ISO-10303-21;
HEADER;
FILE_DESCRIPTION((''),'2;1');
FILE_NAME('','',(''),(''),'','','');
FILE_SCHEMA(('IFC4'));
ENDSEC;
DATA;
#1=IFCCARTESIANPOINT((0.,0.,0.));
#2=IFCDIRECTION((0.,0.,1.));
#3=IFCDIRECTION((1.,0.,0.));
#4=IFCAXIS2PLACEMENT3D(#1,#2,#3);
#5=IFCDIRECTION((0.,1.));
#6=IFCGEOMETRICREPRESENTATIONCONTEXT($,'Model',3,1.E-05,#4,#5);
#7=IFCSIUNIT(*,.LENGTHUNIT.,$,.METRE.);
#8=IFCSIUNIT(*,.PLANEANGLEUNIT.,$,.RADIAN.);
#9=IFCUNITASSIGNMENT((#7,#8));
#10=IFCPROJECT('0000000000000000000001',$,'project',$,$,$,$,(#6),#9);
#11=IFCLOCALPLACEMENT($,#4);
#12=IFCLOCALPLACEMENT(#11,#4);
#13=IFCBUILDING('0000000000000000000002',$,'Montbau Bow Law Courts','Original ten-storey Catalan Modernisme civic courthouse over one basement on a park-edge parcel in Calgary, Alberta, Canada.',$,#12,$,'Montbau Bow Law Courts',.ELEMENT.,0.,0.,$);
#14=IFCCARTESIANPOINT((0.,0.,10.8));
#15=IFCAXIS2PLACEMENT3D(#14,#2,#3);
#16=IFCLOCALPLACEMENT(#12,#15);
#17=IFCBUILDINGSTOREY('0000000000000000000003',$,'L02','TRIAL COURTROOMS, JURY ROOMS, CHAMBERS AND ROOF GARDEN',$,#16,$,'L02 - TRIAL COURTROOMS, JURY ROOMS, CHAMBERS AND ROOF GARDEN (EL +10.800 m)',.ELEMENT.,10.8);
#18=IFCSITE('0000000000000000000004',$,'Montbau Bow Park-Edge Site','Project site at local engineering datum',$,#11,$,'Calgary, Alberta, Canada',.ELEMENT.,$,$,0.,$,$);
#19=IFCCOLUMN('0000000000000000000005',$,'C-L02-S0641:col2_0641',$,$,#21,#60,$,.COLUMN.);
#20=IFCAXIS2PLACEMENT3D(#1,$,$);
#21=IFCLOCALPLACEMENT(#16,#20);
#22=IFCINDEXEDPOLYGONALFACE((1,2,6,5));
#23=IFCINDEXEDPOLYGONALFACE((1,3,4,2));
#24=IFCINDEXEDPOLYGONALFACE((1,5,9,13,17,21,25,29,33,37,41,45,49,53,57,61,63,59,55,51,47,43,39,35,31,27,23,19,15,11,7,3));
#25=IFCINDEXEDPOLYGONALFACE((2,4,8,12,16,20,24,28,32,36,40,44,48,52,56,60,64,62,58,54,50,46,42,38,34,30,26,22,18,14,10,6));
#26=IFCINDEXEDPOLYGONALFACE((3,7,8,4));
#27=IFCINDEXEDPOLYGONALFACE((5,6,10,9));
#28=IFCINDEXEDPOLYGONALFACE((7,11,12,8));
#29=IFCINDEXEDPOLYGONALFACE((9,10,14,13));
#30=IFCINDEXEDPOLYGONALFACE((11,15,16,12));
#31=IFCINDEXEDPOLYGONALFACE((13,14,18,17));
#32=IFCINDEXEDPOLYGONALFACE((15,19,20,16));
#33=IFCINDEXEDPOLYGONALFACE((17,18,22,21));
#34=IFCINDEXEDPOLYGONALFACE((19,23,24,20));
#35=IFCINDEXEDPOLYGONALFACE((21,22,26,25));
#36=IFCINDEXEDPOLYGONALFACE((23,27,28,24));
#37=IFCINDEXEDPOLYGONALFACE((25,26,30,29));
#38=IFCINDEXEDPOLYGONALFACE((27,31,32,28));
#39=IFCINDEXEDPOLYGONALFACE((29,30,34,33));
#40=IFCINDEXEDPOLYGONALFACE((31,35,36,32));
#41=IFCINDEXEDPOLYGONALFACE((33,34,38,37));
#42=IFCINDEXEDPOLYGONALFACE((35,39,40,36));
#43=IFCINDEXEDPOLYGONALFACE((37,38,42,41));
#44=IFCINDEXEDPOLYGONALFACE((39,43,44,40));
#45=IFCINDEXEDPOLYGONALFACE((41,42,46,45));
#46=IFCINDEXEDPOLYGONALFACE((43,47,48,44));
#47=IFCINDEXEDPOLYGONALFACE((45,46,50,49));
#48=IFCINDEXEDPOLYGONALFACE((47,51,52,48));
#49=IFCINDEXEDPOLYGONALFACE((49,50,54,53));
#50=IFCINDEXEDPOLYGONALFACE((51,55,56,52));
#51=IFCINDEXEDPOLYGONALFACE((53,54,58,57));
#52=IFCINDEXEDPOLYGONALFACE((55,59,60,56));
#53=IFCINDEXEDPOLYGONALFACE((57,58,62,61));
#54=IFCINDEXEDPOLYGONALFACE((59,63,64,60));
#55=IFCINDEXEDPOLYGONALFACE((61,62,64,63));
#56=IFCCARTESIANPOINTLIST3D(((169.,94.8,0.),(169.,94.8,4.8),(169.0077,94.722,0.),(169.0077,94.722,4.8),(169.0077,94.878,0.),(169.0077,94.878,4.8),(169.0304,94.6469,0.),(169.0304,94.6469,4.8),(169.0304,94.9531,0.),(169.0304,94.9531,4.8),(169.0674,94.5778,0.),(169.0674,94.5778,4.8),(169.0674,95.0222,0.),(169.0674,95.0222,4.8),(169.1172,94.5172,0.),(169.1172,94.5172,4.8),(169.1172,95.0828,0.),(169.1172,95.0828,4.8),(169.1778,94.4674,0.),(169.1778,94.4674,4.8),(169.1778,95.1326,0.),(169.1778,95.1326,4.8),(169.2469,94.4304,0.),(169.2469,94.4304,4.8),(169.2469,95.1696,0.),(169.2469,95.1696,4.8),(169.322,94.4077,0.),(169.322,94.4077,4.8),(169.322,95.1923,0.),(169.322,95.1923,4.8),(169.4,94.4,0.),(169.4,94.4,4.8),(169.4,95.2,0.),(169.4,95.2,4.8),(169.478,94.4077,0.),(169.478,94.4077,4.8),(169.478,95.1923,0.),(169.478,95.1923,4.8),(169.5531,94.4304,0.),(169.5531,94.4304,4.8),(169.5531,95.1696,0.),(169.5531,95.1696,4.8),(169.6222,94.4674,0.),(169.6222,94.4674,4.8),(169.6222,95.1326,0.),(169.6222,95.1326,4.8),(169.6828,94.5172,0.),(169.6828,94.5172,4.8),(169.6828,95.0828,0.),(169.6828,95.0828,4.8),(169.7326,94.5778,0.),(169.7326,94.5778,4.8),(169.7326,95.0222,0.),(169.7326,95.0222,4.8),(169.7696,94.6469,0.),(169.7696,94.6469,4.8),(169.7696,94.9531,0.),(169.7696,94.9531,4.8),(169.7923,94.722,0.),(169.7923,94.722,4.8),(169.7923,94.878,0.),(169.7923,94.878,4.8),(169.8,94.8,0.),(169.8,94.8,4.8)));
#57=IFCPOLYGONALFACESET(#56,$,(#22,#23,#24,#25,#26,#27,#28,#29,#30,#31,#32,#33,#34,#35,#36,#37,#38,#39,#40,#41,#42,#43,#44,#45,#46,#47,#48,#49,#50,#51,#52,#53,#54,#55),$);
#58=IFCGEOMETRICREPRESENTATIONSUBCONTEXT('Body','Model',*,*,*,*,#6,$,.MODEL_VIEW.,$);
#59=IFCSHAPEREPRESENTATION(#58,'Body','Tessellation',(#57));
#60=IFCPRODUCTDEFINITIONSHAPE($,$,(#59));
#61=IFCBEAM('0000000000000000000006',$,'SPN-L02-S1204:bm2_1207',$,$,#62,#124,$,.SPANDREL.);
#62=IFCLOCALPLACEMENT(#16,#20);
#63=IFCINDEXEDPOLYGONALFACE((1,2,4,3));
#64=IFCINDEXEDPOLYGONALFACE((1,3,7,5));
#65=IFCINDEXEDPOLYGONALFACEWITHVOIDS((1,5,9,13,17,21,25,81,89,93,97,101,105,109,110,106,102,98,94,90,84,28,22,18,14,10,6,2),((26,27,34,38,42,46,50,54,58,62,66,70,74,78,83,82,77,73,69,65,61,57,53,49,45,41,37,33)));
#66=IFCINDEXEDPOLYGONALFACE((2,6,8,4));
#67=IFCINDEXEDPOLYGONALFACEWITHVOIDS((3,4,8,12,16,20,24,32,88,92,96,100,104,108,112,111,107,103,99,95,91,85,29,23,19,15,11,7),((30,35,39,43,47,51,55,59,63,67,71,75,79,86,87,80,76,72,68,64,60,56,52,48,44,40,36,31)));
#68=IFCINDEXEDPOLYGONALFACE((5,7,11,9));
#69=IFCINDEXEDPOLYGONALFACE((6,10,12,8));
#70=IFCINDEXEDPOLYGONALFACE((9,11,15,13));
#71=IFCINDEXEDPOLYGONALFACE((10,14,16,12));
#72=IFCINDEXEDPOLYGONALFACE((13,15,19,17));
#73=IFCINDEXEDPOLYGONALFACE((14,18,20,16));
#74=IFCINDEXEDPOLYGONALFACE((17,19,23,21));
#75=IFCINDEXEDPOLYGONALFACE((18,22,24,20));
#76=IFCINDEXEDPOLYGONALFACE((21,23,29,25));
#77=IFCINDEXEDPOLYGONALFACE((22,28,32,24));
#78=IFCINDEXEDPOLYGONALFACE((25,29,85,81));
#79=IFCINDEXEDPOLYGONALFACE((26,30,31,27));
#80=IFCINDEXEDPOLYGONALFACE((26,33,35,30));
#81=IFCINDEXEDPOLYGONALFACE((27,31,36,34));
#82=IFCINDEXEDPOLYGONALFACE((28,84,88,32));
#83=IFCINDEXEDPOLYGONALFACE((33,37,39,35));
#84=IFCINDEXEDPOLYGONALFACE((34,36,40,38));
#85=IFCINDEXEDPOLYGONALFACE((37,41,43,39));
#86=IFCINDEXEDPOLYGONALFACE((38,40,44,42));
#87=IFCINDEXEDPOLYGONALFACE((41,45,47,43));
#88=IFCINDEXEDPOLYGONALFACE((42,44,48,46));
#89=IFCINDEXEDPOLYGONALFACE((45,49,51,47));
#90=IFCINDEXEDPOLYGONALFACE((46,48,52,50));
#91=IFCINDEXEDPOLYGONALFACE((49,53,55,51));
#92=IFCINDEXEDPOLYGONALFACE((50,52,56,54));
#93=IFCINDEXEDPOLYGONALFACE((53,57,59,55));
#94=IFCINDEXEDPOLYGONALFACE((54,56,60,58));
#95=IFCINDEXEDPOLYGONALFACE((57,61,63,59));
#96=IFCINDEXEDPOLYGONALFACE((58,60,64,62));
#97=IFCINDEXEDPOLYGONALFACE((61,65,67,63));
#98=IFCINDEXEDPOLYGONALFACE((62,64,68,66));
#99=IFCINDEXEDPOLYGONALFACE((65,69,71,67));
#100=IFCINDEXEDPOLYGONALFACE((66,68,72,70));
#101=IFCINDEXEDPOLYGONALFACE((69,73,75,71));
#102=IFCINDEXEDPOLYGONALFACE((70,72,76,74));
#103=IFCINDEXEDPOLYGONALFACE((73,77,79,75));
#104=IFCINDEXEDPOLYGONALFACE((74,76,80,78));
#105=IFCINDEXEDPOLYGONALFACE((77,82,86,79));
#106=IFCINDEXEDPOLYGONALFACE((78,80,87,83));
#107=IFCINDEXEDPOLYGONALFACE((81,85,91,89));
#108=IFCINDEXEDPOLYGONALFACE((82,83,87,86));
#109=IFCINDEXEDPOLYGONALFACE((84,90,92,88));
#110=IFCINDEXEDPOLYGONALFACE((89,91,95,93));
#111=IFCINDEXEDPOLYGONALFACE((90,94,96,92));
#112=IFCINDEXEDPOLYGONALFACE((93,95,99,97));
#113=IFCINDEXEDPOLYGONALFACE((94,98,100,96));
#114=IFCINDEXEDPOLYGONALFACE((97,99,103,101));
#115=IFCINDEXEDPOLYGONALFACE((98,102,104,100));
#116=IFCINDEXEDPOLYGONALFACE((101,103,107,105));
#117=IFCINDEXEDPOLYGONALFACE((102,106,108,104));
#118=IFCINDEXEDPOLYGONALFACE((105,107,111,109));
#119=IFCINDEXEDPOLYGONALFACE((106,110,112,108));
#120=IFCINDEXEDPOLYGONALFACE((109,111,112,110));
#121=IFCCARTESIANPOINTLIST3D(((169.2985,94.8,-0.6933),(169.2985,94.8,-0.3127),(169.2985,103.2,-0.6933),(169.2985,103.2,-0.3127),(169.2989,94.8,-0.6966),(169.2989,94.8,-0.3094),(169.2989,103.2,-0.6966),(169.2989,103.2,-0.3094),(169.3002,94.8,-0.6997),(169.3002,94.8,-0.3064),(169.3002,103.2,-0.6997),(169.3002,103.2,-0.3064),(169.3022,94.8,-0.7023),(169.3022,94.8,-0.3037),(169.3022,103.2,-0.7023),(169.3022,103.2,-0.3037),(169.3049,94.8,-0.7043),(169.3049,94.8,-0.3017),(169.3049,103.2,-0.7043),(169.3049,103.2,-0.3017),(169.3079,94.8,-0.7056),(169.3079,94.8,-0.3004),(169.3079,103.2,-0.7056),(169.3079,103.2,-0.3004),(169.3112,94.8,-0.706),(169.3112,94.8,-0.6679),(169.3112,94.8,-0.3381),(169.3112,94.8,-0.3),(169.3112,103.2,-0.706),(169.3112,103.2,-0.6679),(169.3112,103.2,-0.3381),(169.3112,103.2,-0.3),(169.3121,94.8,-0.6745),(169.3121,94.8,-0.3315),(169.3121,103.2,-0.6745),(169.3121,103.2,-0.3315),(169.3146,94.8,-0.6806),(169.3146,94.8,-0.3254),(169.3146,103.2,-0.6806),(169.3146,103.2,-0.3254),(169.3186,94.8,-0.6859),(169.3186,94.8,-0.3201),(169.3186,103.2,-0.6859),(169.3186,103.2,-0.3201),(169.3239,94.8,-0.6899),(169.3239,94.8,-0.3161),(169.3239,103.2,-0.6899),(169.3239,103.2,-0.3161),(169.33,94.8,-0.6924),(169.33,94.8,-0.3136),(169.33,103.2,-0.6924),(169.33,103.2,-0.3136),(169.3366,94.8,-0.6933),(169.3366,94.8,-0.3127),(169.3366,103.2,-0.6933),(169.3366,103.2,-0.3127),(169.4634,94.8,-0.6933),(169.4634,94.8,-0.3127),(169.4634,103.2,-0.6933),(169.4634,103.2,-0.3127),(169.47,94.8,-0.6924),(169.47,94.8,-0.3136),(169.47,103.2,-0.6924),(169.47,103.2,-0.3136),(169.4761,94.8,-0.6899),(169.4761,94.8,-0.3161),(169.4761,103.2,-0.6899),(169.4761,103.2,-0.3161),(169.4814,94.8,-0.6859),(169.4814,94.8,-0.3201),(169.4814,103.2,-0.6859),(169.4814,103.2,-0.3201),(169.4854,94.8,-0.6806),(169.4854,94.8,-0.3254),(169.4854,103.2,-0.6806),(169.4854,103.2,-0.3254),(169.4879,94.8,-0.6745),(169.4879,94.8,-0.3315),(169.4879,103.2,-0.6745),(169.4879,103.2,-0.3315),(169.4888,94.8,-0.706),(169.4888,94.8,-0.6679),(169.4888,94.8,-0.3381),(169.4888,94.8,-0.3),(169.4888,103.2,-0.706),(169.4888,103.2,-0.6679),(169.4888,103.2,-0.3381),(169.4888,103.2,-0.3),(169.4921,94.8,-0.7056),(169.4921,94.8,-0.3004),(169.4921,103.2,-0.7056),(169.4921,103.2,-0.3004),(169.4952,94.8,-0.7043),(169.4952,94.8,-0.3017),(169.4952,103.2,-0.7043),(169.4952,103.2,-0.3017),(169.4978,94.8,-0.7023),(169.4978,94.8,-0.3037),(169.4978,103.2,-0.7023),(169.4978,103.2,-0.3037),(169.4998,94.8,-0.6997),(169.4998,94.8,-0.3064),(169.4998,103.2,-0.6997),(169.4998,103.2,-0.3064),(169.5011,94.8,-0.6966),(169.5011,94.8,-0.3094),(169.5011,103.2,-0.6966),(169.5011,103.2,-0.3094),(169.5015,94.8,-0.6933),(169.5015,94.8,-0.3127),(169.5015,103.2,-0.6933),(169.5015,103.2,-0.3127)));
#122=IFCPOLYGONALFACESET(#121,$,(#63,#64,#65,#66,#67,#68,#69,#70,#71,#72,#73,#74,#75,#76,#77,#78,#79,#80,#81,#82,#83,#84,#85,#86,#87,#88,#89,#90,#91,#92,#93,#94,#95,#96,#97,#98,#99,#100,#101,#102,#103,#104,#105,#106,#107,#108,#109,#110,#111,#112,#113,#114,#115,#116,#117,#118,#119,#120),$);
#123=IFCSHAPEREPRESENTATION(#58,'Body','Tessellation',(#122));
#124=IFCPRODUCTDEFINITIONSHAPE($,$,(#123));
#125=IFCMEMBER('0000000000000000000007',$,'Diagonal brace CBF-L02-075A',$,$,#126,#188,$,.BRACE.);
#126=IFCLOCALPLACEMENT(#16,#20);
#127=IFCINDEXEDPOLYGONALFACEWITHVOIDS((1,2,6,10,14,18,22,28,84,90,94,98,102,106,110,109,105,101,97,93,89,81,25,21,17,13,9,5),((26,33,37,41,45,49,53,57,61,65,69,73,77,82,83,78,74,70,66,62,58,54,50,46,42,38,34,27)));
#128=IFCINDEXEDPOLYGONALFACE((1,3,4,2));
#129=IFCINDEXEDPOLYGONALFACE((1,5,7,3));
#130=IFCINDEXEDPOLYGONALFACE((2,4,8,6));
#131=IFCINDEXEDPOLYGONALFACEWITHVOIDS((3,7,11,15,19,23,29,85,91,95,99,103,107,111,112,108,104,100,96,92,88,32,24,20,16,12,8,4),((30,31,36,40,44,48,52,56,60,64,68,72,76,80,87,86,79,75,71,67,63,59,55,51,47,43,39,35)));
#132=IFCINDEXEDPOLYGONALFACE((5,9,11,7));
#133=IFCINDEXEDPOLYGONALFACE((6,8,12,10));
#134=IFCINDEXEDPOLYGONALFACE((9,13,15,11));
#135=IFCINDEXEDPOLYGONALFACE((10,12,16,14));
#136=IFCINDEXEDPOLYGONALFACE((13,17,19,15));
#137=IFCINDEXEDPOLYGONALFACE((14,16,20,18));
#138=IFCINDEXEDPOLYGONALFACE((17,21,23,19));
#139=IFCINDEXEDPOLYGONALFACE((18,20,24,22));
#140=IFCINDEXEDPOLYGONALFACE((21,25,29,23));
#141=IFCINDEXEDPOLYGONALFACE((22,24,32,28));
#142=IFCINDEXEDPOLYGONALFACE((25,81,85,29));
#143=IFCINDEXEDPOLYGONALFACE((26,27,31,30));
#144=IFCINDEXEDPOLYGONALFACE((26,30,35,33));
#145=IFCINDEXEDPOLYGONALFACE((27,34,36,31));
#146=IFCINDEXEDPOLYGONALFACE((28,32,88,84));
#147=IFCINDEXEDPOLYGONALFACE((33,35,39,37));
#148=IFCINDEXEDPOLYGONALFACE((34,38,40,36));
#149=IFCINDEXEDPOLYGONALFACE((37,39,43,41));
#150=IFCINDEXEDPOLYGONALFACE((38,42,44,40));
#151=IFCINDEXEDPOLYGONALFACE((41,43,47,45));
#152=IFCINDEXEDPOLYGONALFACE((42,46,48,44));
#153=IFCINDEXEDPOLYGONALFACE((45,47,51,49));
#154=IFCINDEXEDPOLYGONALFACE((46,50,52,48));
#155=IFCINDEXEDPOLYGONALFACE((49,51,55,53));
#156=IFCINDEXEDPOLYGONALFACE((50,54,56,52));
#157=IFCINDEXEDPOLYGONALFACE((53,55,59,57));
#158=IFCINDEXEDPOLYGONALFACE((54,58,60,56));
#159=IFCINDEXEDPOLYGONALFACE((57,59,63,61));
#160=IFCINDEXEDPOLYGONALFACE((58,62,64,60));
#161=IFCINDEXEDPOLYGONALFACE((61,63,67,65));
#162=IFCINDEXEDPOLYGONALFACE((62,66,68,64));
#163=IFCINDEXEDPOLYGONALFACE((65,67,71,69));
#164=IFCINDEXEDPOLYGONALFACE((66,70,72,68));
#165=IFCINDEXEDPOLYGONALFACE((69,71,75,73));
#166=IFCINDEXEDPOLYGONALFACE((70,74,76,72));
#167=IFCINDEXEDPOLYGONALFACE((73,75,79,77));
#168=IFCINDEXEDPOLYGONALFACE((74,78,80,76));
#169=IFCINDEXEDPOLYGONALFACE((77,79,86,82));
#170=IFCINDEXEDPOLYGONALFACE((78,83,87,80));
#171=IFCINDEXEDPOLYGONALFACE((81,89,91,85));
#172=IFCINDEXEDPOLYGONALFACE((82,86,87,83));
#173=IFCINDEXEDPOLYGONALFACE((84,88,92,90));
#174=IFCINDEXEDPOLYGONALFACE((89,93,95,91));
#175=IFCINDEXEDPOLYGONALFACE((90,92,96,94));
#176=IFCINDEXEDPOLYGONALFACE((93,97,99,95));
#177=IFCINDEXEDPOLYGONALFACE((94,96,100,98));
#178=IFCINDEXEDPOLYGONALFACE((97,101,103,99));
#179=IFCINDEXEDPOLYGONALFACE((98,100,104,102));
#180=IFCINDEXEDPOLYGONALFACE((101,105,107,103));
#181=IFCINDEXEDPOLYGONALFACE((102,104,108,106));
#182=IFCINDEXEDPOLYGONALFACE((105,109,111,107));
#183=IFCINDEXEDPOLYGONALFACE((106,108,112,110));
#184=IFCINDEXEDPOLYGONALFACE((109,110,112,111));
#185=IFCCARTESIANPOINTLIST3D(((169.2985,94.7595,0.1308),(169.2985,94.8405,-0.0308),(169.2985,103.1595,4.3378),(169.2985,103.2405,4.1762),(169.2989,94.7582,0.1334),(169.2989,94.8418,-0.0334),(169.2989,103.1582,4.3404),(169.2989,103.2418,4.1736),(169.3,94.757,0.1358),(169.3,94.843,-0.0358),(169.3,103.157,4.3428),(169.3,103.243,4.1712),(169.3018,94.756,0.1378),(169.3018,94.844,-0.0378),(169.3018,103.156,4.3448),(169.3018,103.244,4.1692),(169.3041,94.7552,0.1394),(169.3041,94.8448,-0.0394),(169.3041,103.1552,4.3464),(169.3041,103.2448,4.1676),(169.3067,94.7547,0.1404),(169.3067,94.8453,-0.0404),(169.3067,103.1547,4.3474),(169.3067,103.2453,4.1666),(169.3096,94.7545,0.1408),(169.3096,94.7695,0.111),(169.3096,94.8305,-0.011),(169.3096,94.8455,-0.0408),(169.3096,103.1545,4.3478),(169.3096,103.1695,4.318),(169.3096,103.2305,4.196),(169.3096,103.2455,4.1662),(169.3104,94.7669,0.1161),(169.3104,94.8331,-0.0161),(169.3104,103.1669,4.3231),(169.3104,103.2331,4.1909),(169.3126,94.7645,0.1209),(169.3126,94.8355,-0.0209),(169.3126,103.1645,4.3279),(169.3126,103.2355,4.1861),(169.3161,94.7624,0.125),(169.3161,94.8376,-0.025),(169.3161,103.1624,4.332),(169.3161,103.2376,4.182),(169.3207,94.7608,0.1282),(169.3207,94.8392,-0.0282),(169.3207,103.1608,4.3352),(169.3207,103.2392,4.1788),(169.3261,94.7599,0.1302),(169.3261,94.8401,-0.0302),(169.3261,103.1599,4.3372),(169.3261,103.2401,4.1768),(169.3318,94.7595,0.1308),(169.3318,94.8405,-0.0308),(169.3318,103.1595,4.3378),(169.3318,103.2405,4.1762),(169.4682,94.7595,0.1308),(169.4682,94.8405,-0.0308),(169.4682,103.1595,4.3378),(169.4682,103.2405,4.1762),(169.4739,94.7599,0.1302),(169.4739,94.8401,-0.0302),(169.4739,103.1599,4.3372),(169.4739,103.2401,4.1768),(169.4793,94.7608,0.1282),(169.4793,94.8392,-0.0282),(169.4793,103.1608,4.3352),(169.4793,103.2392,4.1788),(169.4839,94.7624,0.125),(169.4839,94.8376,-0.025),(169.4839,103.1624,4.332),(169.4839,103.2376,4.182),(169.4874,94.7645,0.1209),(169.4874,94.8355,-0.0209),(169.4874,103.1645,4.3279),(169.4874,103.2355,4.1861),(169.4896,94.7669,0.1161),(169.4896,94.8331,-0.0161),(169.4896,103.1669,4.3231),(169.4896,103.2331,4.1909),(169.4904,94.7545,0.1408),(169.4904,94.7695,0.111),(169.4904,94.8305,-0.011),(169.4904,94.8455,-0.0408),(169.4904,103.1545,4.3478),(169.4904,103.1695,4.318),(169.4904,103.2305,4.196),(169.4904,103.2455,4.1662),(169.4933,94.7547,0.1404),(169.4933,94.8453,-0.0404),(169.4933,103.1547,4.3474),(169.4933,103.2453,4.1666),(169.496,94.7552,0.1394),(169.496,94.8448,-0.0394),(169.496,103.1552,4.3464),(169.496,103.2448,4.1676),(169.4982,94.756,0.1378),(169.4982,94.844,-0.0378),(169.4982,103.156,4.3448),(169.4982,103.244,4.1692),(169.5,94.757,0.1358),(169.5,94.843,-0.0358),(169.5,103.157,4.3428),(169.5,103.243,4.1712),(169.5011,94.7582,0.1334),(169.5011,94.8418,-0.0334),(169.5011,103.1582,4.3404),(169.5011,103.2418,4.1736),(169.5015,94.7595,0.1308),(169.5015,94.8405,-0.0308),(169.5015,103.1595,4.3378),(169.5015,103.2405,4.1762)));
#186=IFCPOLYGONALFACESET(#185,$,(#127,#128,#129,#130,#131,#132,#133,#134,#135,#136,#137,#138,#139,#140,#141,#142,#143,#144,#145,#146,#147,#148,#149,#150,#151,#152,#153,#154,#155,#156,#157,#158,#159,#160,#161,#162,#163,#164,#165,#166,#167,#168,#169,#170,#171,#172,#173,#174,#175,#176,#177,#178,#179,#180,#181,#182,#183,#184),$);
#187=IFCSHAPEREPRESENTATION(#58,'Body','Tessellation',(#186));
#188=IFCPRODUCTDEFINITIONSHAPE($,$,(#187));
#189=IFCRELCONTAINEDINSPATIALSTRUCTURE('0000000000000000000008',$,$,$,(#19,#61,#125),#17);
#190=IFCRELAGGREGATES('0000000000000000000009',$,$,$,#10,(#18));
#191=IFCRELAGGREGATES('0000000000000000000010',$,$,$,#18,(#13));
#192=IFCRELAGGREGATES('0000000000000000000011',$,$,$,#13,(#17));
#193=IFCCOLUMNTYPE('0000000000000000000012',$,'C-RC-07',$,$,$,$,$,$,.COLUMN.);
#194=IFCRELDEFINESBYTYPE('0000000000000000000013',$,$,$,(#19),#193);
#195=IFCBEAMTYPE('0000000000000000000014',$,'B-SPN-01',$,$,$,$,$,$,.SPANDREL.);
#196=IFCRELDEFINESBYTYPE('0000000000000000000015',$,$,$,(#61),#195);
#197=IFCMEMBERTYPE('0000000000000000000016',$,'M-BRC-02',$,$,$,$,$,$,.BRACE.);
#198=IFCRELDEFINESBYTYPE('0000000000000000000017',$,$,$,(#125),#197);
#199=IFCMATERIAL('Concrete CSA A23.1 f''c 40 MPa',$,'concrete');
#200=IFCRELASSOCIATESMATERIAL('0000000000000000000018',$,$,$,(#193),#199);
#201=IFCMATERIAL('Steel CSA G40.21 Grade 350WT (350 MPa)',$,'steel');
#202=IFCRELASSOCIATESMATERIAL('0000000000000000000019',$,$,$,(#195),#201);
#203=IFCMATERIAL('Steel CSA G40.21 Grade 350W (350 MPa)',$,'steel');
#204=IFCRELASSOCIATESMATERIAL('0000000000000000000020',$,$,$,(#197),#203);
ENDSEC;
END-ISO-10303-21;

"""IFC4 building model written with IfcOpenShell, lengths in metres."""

from ifc_helpers import new_model, si_unit, direction, frame, origin_with_axes, origin_2d_with_axis, place, context, subcontext, project, spatial, hollow_rectangle, circle, extrude, material, material_profile, profile_set, type_object, element, save


model = new_model("IFC4")

# Units and contexts
model_context = context("Model", 3, precision=1e-05, world=origin_with_axes(), true_north=direction((0.0, 1.0)))
body_context = subcontext(model_context, "Body", "Model", "MODEL_VIEW")
ifc_project = project(units=[si_unit("LENGTHUNIT", "METRE"), si_unit("PLANEANGLEUNIT", "RADIAN")], contexts=[model_context])

# Site, building, storey
site_placement = place(None, origin_with_axes())
site = spatial("IfcSite", under=ifc_project, at=site_placement, Name="Montbau Bow Park-Edge Site", Description="Project site at local engineering datum", LongName="Calgary, Alberta, Canada", CompositionType="ELEMENT", RefElevation=0.0)
building_placement = place(site_placement, origin_with_axes())
building = spatial("IfcBuilding", under=site, at=building_placement, Name="Montbau Bow Law Courts", Description="Original ten-storey Catalan Modernisme civic courthouse over one basement on a park-edge parcel in Calgary, Alberta, Canada.", LongName="Montbau Bow Law Courts", CompositionType="ELEMENT", ElevationOfRefHeight=0.0, ElevationOfTerrain=0.0)
storey_placement = place(building_placement, frame((0.0, 0.0, 10.8), z_axis=(0.0, 0.0, 1.0), x_axis=(1.0, 0.0, 0.0)))
storey = spatial("IfcBuildingStorey", under=building, at=storey_placement, Name="L02", Description="TRIAL COURTROOMS, JURY ROOMS, CHAMBERS AND ROOF GARDEN", LongName="L02 - TRIAL COURTROOMS, JURY ROOMS, CHAMBERS AND ROOF GARDEN (EL +10.800 m)", CompositionType="ELEMENT", Elevation=10.8)

# Column
ifc_material_1 = material(Name="Concrete CSA A23.1 f'c 40 MPa", Category="concrete")
ifc_material_profile_1 = material_profile(ifc_material_1, circle(Radius=0.4, at=origin_2d_with_axis()), Name="RC800D", Category="Main", Priority=0)
ifc_profile_set_1 = profile_set([ifc_material_profile_1], Name="Concrete CSA A23.1 f'c 40 MPa")
column_type = type_object("IfcColumnType", Name="C-RC-07", PredefinedType="COLUMN", material=ifc_profile_set_1)
column_placement = place(None, frame((169.4, 94.8, 10.8), z_axis=(0.0, 0.0, 1.0), x_axis=(1.0, 0.0, 0.0)))
element("IfcColumn", 1, at=column_placement, inside=storey, type_object=column_type, Name="C-L02-S0641:col2_0641", PredefinedType="COLUMN", context=body_context, shape_type="SweptSolid", body=[
    extrude(circle(Radius=0.4, at=origin_2d_with_axis()), origin_with_axes(), (0.0, 0.0, 1.0), 4.8),
])

# Beam
ifc_material_2 = material(Name="Steel CSA G40.21 Grade 350WT (350 MPa)", Category="steel")
ifc_material_profile_2 = material_profile(ifc_material_2, hollow_rectangle(XDim=0.203, YDim=0.406, WallThickness=0.0127, InnerFilletRadius=0.0254, OuterFilletRadius=0.0127, at=origin_2d_with_axis()), Name="HSS406X203X13", Category="Main", Priority=0)
ifc_profile_set_2 = profile_set([ifc_material_profile_2], Name="Steel CSA G40.21 Grade 350WT (350 MPa)")
beam_type = type_object("IfcBeamType", Name="B-SPN-01", PredefinedType="SPANDREL", material=ifc_profile_set_2)
beam_placement = place(None, frame((169.4, 94.8, 10.297), z_axis=(0.0, 1.0, 0.0), x_axis=(-1.0, 0.0, 0.0)))
element("IfcBeam", 2, at=beam_placement, inside=storey, type_object=beam_type, Name="SPN-L02-S1204:bm2_1207", PredefinedType="SPANDREL", context=body_context, shape_type="SweptSolid", body=[
    extrude(hollow_rectangle(XDim=0.203, YDim=0.406, WallThickness=0.0127, InnerFilletRadius=0.0254, OuterFilletRadius=0.0127, at=origin_2d_with_axis()), origin_with_axes(), (0.0, 0.0, 1.0), 8.4),
])

# Member
ifc_material_3 = material(Name="Steel CSA G40.21 Grade 350W (350 MPa)", Category="steel")
ifc_material_profile_3 = material_profile(ifc_material_3, hollow_rectangle(XDim=0.203, YDim=0.203, WallThickness=0.0111, InnerFilletRadius=0.0222, OuterFilletRadius=0.0111, at=origin_2d_with_axis()), Name="HSS203X203X11", Category="Main", Priority=0)
ifc_profile_set_3 = profile_set([ifc_material_profile_3], Name="Steel CSA G40.21 Grade 350W (350 MPa)")
member_type_1 = type_object("IfcMemberType", Name="M-BRC-02", PredefinedType="BRACE", material=ifc_profile_set_3)
member_1_placement = place(None, frame((169.4, 94.8, 10.85), z_axis=(0.0, 0.894129, 0.44781), x_axis=(-1.0, 0.0, 0.0)))
element("IfcMember", 3, at=member_1_placement, inside=storey, type_object=member_type_1, Name="Diagonal brace CBF-L02-075A", PredefinedType="BRACE", context=body_context, shape_type="SweptSolid", body=[
    extrude(hollow_rectangle(XDim=0.203, YDim=0.203, WallThickness=0.0111, InnerFilletRadius=0.0222, OuterFilletRadius=0.0111, at=origin_2d_with_axis()), origin_with_axes(), (0.0, 0.0, 1.0), 9.3946),
])

save(model, "model.ifc")
